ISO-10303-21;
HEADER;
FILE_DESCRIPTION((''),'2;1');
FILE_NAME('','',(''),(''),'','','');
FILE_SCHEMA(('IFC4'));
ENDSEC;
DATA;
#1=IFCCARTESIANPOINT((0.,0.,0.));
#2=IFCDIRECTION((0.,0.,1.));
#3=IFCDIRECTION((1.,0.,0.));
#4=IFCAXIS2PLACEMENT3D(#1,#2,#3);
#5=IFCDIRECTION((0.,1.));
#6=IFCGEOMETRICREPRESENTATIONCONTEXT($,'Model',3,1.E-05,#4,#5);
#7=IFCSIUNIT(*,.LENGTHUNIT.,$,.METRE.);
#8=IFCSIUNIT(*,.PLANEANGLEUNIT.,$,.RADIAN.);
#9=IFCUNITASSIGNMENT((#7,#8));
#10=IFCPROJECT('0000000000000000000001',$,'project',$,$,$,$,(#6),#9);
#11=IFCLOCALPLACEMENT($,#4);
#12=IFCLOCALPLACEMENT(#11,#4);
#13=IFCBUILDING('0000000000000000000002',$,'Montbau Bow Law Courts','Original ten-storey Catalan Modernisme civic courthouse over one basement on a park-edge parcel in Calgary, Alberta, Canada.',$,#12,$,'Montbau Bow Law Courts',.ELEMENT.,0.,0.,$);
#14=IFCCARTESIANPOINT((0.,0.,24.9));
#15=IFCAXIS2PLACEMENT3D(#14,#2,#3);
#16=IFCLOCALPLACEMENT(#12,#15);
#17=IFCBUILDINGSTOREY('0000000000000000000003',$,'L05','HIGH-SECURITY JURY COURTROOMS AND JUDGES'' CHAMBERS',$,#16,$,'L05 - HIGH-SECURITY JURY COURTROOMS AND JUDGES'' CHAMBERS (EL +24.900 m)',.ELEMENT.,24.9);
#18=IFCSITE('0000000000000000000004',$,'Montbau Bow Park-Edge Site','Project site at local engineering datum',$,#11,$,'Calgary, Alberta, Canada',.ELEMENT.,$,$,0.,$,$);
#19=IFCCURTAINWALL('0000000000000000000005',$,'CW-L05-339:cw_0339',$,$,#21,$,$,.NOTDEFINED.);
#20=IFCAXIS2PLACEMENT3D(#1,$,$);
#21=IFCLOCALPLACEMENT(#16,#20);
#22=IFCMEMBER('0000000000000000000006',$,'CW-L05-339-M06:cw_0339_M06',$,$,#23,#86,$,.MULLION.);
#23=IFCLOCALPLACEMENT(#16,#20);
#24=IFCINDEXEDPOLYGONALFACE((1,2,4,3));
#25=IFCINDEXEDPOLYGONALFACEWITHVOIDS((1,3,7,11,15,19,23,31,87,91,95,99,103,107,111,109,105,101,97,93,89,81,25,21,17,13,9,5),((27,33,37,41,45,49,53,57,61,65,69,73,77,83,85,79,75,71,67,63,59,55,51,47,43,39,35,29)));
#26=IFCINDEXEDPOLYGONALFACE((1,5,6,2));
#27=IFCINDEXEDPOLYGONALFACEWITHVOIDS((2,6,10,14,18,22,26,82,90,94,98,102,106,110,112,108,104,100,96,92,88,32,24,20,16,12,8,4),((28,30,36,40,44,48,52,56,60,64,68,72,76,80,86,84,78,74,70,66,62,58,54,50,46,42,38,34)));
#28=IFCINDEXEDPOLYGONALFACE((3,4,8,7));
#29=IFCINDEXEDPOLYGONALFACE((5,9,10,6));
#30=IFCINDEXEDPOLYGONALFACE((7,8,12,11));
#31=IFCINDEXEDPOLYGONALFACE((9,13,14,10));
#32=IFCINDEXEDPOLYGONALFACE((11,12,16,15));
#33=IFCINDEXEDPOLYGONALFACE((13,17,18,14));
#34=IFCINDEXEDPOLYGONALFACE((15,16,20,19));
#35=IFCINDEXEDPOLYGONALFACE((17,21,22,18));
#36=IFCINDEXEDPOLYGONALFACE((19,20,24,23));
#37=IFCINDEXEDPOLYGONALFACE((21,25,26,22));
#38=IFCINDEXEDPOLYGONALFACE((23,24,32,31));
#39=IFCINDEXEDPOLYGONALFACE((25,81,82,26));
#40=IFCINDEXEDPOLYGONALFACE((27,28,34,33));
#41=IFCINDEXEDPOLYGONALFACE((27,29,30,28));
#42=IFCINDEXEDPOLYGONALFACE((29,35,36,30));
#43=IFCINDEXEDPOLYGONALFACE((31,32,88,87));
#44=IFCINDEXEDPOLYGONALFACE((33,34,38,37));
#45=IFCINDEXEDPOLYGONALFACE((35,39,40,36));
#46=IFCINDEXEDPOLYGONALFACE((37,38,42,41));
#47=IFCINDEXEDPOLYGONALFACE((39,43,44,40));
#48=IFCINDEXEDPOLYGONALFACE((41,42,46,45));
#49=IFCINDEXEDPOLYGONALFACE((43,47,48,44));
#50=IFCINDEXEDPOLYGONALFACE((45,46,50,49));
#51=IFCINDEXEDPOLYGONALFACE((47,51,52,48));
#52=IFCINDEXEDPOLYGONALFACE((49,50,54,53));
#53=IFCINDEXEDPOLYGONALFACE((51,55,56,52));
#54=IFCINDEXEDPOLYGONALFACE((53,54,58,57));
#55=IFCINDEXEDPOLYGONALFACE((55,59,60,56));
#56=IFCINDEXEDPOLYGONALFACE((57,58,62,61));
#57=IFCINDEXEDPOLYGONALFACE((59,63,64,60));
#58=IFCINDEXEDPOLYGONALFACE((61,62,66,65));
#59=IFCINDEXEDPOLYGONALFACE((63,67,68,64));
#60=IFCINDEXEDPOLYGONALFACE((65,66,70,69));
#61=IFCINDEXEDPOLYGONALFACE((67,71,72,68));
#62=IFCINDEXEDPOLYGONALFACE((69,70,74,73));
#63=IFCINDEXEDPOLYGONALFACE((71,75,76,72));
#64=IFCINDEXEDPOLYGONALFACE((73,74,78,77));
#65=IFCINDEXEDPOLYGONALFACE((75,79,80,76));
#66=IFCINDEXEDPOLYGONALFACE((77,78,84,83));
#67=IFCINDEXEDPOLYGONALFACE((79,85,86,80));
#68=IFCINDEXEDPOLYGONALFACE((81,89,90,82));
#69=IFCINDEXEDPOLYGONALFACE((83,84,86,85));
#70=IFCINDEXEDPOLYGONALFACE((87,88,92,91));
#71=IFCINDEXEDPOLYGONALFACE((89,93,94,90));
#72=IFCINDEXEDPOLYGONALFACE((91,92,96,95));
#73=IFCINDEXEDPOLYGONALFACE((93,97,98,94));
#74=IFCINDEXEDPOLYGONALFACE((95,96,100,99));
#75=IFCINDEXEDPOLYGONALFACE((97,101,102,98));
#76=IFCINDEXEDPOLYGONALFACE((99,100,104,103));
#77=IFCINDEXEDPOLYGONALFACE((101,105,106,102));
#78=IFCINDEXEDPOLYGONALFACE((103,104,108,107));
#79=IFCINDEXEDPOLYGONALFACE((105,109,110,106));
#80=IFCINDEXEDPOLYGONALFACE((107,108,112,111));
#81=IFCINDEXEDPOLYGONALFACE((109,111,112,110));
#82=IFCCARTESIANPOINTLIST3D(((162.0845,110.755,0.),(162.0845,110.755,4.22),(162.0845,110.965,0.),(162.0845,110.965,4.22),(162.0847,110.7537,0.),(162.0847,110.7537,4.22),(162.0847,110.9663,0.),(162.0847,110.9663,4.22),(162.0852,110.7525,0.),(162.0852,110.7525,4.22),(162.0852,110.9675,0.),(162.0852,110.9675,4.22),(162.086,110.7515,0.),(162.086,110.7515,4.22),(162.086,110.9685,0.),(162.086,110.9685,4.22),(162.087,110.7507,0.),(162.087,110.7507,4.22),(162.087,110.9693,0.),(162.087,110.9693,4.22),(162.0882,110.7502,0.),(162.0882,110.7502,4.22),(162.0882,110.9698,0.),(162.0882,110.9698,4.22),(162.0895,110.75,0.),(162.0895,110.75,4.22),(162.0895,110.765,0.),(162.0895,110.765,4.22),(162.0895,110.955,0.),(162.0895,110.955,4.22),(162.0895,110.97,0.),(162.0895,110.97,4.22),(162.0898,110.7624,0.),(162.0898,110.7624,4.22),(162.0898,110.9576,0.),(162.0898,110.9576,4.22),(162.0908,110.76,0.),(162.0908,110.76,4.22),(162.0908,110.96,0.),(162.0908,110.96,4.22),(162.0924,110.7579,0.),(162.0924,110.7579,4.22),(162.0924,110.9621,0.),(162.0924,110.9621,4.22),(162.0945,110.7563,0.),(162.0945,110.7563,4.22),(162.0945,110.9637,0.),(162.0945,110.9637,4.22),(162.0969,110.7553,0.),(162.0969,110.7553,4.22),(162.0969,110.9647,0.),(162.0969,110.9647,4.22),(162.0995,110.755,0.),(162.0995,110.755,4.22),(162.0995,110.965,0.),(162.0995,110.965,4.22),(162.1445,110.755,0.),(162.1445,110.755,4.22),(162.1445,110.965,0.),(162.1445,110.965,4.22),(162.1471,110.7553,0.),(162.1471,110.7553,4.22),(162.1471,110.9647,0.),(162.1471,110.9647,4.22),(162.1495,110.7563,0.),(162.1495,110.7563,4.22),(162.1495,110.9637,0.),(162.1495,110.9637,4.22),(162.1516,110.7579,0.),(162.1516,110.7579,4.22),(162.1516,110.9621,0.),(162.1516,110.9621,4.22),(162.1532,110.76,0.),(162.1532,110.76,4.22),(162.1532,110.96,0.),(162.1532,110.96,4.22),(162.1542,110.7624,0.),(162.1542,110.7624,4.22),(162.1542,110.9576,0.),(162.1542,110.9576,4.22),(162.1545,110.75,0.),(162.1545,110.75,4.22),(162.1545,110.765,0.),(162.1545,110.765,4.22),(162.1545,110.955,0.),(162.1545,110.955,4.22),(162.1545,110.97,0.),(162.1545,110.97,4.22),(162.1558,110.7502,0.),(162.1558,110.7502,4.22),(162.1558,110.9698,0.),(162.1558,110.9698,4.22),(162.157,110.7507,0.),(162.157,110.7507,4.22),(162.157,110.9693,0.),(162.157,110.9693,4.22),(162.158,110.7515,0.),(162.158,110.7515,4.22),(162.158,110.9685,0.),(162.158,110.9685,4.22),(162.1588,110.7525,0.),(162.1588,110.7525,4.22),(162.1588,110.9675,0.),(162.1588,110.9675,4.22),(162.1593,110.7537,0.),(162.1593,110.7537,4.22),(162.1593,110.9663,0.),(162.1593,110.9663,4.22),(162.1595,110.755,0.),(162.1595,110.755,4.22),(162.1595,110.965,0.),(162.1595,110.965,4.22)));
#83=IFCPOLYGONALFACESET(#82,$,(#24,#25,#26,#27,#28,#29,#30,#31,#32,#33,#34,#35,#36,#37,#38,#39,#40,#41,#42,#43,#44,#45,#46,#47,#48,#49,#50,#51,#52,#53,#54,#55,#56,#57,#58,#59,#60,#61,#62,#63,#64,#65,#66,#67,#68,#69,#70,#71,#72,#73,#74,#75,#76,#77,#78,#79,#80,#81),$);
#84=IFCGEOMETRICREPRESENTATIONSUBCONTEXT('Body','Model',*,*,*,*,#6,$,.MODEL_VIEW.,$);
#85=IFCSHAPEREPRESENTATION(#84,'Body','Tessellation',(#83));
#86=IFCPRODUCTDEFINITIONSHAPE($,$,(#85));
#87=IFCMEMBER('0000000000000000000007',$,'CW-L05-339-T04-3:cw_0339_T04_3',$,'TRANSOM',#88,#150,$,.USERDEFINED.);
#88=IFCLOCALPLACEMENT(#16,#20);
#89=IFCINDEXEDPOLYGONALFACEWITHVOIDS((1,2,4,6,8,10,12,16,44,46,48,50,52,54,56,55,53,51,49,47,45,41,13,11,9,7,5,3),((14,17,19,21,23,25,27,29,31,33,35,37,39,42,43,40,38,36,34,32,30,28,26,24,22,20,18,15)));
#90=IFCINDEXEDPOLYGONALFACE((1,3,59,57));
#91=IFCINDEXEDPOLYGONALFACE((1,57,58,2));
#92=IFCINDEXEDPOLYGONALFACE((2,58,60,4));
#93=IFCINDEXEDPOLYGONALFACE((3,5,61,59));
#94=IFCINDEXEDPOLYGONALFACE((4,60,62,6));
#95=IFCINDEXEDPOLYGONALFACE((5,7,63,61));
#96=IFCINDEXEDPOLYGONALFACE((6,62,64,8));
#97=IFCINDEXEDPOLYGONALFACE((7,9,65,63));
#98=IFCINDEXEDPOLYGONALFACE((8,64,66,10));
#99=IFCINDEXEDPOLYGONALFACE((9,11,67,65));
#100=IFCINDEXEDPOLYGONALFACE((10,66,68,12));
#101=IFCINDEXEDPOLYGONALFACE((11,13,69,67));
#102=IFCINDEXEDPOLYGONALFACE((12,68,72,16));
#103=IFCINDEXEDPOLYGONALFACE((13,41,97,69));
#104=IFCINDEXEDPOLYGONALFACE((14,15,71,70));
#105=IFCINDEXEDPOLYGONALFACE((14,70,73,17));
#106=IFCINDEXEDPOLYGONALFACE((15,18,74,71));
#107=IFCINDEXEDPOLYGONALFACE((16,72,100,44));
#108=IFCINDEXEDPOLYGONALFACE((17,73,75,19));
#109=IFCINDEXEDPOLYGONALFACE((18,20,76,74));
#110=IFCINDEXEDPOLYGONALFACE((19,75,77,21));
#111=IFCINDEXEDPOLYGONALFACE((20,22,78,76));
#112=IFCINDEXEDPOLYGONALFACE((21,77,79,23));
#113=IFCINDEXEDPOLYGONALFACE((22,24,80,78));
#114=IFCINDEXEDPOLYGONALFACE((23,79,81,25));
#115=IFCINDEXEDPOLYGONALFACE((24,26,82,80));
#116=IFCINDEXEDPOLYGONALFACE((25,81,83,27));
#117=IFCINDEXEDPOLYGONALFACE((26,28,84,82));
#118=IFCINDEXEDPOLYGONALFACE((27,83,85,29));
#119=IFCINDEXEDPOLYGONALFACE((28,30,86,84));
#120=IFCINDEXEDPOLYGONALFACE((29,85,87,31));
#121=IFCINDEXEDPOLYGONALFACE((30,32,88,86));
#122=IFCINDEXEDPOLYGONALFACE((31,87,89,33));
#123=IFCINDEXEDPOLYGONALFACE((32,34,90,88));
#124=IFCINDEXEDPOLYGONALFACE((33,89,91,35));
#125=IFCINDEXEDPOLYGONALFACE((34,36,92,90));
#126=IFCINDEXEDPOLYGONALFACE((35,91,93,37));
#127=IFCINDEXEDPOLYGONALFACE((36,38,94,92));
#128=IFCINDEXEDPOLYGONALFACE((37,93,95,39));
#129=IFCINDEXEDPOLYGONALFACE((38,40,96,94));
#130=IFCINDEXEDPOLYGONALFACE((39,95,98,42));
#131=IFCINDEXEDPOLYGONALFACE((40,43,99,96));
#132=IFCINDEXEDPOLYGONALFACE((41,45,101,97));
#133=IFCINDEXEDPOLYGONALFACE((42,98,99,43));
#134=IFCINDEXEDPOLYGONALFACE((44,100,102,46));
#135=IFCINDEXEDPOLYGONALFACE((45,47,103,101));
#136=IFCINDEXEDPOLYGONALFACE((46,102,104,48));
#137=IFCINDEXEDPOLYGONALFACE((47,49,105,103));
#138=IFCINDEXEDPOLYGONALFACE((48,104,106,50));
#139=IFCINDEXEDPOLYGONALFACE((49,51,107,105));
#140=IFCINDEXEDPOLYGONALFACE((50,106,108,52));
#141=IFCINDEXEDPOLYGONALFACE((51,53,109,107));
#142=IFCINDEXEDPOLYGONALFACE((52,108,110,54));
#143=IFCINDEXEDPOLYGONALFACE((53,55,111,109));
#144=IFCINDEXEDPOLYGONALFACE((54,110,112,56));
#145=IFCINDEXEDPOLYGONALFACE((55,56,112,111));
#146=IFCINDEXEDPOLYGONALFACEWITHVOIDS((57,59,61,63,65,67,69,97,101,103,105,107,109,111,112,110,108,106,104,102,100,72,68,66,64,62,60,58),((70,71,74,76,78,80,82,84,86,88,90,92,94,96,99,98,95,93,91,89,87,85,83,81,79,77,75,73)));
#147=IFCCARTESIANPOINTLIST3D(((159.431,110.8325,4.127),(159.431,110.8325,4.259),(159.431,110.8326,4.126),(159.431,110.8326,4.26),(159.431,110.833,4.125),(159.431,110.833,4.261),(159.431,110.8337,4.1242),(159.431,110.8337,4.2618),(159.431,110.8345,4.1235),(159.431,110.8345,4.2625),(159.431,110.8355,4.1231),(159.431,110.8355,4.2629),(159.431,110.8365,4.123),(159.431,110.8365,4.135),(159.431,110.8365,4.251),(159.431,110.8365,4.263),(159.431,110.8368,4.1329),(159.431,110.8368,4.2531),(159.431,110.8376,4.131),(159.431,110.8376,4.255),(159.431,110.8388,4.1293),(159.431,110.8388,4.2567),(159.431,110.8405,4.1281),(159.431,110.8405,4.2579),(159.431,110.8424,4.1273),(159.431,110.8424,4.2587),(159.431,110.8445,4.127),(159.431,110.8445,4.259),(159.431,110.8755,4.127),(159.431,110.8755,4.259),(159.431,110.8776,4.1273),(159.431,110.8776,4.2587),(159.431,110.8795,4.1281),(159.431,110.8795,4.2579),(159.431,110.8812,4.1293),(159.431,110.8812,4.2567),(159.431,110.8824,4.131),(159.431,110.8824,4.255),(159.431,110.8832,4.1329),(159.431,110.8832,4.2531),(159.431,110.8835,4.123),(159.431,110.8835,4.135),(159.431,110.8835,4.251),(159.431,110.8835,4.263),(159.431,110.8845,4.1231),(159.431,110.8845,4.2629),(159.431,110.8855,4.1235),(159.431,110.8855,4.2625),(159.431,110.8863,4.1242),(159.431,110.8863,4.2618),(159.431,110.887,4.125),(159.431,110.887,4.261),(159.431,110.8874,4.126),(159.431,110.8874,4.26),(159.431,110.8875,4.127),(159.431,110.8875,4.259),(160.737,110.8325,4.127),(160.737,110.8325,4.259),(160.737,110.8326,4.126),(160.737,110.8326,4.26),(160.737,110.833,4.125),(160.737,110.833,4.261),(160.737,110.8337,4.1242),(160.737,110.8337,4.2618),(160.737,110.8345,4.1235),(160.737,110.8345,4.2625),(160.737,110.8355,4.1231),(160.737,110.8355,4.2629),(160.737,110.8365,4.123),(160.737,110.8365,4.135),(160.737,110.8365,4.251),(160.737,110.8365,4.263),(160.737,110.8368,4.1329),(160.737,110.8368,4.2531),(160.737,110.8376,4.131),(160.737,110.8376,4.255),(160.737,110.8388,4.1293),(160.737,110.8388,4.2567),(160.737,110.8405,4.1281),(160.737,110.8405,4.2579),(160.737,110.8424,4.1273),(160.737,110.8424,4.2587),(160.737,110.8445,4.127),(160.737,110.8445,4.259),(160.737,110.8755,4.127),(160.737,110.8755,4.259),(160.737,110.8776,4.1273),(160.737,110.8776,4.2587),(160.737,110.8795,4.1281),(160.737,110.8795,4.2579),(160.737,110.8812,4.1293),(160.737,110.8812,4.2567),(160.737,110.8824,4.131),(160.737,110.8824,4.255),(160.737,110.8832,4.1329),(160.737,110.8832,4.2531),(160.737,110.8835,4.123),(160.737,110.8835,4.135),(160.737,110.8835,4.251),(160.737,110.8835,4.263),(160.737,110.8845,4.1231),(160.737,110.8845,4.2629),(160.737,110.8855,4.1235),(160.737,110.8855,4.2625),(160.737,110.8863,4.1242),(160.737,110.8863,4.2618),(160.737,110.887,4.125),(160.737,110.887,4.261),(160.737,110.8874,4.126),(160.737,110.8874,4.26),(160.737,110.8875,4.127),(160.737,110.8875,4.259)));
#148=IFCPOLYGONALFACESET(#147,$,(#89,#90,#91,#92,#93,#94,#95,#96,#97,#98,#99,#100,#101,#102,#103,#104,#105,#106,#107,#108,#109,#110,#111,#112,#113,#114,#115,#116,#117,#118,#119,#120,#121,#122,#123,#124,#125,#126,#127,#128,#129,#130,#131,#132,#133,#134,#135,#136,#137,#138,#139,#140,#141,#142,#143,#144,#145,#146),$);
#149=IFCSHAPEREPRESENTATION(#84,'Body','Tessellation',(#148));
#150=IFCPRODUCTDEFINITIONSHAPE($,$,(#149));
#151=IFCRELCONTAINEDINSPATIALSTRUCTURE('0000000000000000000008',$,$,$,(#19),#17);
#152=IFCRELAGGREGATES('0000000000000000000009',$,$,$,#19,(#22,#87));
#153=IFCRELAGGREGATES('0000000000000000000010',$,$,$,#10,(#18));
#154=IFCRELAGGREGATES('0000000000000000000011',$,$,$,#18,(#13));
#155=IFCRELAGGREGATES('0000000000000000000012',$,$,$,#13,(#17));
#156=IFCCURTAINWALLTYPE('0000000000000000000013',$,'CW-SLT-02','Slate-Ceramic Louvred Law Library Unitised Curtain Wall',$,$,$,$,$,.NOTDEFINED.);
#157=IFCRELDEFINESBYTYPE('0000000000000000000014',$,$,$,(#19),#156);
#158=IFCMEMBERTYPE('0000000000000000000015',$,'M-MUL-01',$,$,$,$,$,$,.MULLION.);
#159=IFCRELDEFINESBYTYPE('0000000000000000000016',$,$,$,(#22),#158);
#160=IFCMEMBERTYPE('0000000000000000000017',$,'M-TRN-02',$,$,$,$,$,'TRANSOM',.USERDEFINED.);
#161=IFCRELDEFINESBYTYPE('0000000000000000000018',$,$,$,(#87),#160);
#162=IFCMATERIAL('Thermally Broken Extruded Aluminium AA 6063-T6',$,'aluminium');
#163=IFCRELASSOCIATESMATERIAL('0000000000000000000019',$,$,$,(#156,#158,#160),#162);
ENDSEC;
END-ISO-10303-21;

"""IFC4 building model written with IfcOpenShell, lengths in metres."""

from ifc_helpers import new_model, si_unit, direction, frame, origin_with_axes, origin_2d_with_axis, place, context, subcontext, project, spatial, hollow_rectangle, extrude, material, material_profile, profile_set, type_object, element, aggregate, save


model = new_model("IFC4")

# Units and contexts
model_context = context("Model", 3, precision=1e-05, world=origin_with_axes(), true_north=direction((0.0, 1.0)))
body_context = subcontext(model_context, "Body", "Model", "MODEL_VIEW")
ifc_project = project(units=[si_unit("LENGTHUNIT", "METRE"), si_unit("PLANEANGLEUNIT", "RADIAN")], contexts=[model_context])

# Site, building, storey
site_placement = place(None, origin_with_axes())
site = spatial("IfcSite", under=ifc_project, at=site_placement, Name="Montbau Bow Park-Edge Site", Description="Project site at local engineering datum", LongName="Calgary, Alberta, Canada", CompositionType="ELEMENT", RefElevation=0.0)
building_placement = place(site_placement, origin_with_axes())
building = spatial("IfcBuilding", under=site, at=building_placement, Name="Montbau Bow Law Courts", Description="Original ten-storey Catalan Modernisme civic courthouse over one basement on a park-edge parcel in Calgary, Alberta, Canada.", LongName="Montbau Bow Law Courts", CompositionType="ELEMENT", ElevationOfRefHeight=0.0, ElevationOfTerrain=0.0)
storey_placement = place(building_placement, frame((0.0, 0.0, 24.9), z_axis=(0.0, 0.0, 1.0), x_axis=(1.0, 0.0, 0.0)))
storey = spatial("IfcBuildingStorey", under=building, at=storey_placement, Name="L05", Description="HIGH-SECURITY JURY COURTROOMS AND JUDGES' CHAMBERS", LongName="L05 - HIGH-SECURITY JURY COURTROOMS AND JUDGES' CHAMBERS (EL +24.900 m)", CompositionType="ELEMENT", Elevation=24.9)

# Curtain wall, members
ifc_material_1 = material(Name="Thermally Broken Extruded Aluminium AA 6063-T6", Category="aluminium")
curtain_wall_type = type_object("IfcCurtainWallType", Name="CW-SLT-02", Description="Slate-Ceramic Louvred Law Library Unitised Curtain Wall", PredefinedType="NOTDEFINED", material=ifc_material_1)
curtain_wall_placement = place(None, frame((155.24, 110.86, 24.9), z_axis=(0.0, 0.0, 1.0), x_axis=(1.0, 0.0, 0.0)))
curtain_wall = element("IfcCurtainWall", 1, at=curtain_wall_placement, inside=storey, type_object=curtain_wall_type, Name="CW-L05-339:cw_0339", PredefinedType="NOTDEFINED")
ifc_material_profile_1 = material_profile(ifc_material_1, hollow_rectangle(XDim=0.075, YDim=0.22, WallThickness=0.005, InnerFilletRadius=0.01, OuterFilletRadius=0.005, at=origin_2d_with_axis()), Name="CWM-220X75", Category="Main", Priority=0)
ifc_profile_set_1 = profile_set([ifc_material_profile_1], Name="Thermally Broken Extruded Aluminium AA 6063-T6")
member_type_1 = type_object("IfcMemberType", Name="M-MUL-01", PredefinedType="MULLION", material=ifc_profile_set_1)
member_1_placement = place(None, frame((162.122, 110.86, 24.9), z_axis=(0.0, 0.0, 1.0), x_axis=(1.0, 0.0, 0.0)))
member_1 = element("IfcMember", 2, at=member_1_placement, type_object=member_type_1, Name="CW-L05-339-M06:cw_0339_M06", PredefinedType="MULLION", context=body_context, shape_type="SweptSolid", body=[
    extrude(hollow_rectangle(XDim=0.075, YDim=0.22, WallThickness=0.005, InnerFilletRadius=0.01, OuterFilletRadius=0.005, at=origin_2d_with_axis()), origin_with_axes(), (0.0, 0.0, 1.0), 4.22),
])
ifc_material_profile_2 = material_profile(ifc_material_1, hollow_rectangle(XDim=0.055, YDim=0.14, WallThickness=0.004, InnerFilletRadius=0.008, OuterFilletRadius=0.004, at=origin_2d_with_axis()), Name="CWT-140X55", Category="Main", Priority=0)
ifc_profile_set_2 = profile_set([ifc_material_profile_2], Name="Thermally Broken Extruded Aluminium AA 6063-T6")
member_type_2 = type_object("IfcMemberType", Name="M-TRN-02", ElementType="TRANSOM", PredefinedType="USERDEFINED", material=ifc_profile_set_2)
member_2_placement = place(None, frame((159.431, 110.86, 29.093), z_axis=(1.0, 0.0, 0.0), x_axis=(0.0, 1.0, 0.0)))
member_2 = element("IfcMember", 3, at=member_2_placement, type_object=member_type_2, Name="CW-L05-339-T04-3:cw_0339_T04_3", ObjectType="TRANSOM", PredefinedType="USERDEFINED", context=body_context, shape_type="SweptSolid", body=[
    extrude(hollow_rectangle(XDim=0.055, YDim=0.14, WallThickness=0.004, InnerFilletRadius=0.008, OuterFilletRadius=0.004, at=origin_2d_with_axis()), origin_with_axes(), (0.0, 0.0, 1.0), 1.306),
])
aggregate(curtain_wall, [member_1, member_2])

save(model, "model.ifc")
